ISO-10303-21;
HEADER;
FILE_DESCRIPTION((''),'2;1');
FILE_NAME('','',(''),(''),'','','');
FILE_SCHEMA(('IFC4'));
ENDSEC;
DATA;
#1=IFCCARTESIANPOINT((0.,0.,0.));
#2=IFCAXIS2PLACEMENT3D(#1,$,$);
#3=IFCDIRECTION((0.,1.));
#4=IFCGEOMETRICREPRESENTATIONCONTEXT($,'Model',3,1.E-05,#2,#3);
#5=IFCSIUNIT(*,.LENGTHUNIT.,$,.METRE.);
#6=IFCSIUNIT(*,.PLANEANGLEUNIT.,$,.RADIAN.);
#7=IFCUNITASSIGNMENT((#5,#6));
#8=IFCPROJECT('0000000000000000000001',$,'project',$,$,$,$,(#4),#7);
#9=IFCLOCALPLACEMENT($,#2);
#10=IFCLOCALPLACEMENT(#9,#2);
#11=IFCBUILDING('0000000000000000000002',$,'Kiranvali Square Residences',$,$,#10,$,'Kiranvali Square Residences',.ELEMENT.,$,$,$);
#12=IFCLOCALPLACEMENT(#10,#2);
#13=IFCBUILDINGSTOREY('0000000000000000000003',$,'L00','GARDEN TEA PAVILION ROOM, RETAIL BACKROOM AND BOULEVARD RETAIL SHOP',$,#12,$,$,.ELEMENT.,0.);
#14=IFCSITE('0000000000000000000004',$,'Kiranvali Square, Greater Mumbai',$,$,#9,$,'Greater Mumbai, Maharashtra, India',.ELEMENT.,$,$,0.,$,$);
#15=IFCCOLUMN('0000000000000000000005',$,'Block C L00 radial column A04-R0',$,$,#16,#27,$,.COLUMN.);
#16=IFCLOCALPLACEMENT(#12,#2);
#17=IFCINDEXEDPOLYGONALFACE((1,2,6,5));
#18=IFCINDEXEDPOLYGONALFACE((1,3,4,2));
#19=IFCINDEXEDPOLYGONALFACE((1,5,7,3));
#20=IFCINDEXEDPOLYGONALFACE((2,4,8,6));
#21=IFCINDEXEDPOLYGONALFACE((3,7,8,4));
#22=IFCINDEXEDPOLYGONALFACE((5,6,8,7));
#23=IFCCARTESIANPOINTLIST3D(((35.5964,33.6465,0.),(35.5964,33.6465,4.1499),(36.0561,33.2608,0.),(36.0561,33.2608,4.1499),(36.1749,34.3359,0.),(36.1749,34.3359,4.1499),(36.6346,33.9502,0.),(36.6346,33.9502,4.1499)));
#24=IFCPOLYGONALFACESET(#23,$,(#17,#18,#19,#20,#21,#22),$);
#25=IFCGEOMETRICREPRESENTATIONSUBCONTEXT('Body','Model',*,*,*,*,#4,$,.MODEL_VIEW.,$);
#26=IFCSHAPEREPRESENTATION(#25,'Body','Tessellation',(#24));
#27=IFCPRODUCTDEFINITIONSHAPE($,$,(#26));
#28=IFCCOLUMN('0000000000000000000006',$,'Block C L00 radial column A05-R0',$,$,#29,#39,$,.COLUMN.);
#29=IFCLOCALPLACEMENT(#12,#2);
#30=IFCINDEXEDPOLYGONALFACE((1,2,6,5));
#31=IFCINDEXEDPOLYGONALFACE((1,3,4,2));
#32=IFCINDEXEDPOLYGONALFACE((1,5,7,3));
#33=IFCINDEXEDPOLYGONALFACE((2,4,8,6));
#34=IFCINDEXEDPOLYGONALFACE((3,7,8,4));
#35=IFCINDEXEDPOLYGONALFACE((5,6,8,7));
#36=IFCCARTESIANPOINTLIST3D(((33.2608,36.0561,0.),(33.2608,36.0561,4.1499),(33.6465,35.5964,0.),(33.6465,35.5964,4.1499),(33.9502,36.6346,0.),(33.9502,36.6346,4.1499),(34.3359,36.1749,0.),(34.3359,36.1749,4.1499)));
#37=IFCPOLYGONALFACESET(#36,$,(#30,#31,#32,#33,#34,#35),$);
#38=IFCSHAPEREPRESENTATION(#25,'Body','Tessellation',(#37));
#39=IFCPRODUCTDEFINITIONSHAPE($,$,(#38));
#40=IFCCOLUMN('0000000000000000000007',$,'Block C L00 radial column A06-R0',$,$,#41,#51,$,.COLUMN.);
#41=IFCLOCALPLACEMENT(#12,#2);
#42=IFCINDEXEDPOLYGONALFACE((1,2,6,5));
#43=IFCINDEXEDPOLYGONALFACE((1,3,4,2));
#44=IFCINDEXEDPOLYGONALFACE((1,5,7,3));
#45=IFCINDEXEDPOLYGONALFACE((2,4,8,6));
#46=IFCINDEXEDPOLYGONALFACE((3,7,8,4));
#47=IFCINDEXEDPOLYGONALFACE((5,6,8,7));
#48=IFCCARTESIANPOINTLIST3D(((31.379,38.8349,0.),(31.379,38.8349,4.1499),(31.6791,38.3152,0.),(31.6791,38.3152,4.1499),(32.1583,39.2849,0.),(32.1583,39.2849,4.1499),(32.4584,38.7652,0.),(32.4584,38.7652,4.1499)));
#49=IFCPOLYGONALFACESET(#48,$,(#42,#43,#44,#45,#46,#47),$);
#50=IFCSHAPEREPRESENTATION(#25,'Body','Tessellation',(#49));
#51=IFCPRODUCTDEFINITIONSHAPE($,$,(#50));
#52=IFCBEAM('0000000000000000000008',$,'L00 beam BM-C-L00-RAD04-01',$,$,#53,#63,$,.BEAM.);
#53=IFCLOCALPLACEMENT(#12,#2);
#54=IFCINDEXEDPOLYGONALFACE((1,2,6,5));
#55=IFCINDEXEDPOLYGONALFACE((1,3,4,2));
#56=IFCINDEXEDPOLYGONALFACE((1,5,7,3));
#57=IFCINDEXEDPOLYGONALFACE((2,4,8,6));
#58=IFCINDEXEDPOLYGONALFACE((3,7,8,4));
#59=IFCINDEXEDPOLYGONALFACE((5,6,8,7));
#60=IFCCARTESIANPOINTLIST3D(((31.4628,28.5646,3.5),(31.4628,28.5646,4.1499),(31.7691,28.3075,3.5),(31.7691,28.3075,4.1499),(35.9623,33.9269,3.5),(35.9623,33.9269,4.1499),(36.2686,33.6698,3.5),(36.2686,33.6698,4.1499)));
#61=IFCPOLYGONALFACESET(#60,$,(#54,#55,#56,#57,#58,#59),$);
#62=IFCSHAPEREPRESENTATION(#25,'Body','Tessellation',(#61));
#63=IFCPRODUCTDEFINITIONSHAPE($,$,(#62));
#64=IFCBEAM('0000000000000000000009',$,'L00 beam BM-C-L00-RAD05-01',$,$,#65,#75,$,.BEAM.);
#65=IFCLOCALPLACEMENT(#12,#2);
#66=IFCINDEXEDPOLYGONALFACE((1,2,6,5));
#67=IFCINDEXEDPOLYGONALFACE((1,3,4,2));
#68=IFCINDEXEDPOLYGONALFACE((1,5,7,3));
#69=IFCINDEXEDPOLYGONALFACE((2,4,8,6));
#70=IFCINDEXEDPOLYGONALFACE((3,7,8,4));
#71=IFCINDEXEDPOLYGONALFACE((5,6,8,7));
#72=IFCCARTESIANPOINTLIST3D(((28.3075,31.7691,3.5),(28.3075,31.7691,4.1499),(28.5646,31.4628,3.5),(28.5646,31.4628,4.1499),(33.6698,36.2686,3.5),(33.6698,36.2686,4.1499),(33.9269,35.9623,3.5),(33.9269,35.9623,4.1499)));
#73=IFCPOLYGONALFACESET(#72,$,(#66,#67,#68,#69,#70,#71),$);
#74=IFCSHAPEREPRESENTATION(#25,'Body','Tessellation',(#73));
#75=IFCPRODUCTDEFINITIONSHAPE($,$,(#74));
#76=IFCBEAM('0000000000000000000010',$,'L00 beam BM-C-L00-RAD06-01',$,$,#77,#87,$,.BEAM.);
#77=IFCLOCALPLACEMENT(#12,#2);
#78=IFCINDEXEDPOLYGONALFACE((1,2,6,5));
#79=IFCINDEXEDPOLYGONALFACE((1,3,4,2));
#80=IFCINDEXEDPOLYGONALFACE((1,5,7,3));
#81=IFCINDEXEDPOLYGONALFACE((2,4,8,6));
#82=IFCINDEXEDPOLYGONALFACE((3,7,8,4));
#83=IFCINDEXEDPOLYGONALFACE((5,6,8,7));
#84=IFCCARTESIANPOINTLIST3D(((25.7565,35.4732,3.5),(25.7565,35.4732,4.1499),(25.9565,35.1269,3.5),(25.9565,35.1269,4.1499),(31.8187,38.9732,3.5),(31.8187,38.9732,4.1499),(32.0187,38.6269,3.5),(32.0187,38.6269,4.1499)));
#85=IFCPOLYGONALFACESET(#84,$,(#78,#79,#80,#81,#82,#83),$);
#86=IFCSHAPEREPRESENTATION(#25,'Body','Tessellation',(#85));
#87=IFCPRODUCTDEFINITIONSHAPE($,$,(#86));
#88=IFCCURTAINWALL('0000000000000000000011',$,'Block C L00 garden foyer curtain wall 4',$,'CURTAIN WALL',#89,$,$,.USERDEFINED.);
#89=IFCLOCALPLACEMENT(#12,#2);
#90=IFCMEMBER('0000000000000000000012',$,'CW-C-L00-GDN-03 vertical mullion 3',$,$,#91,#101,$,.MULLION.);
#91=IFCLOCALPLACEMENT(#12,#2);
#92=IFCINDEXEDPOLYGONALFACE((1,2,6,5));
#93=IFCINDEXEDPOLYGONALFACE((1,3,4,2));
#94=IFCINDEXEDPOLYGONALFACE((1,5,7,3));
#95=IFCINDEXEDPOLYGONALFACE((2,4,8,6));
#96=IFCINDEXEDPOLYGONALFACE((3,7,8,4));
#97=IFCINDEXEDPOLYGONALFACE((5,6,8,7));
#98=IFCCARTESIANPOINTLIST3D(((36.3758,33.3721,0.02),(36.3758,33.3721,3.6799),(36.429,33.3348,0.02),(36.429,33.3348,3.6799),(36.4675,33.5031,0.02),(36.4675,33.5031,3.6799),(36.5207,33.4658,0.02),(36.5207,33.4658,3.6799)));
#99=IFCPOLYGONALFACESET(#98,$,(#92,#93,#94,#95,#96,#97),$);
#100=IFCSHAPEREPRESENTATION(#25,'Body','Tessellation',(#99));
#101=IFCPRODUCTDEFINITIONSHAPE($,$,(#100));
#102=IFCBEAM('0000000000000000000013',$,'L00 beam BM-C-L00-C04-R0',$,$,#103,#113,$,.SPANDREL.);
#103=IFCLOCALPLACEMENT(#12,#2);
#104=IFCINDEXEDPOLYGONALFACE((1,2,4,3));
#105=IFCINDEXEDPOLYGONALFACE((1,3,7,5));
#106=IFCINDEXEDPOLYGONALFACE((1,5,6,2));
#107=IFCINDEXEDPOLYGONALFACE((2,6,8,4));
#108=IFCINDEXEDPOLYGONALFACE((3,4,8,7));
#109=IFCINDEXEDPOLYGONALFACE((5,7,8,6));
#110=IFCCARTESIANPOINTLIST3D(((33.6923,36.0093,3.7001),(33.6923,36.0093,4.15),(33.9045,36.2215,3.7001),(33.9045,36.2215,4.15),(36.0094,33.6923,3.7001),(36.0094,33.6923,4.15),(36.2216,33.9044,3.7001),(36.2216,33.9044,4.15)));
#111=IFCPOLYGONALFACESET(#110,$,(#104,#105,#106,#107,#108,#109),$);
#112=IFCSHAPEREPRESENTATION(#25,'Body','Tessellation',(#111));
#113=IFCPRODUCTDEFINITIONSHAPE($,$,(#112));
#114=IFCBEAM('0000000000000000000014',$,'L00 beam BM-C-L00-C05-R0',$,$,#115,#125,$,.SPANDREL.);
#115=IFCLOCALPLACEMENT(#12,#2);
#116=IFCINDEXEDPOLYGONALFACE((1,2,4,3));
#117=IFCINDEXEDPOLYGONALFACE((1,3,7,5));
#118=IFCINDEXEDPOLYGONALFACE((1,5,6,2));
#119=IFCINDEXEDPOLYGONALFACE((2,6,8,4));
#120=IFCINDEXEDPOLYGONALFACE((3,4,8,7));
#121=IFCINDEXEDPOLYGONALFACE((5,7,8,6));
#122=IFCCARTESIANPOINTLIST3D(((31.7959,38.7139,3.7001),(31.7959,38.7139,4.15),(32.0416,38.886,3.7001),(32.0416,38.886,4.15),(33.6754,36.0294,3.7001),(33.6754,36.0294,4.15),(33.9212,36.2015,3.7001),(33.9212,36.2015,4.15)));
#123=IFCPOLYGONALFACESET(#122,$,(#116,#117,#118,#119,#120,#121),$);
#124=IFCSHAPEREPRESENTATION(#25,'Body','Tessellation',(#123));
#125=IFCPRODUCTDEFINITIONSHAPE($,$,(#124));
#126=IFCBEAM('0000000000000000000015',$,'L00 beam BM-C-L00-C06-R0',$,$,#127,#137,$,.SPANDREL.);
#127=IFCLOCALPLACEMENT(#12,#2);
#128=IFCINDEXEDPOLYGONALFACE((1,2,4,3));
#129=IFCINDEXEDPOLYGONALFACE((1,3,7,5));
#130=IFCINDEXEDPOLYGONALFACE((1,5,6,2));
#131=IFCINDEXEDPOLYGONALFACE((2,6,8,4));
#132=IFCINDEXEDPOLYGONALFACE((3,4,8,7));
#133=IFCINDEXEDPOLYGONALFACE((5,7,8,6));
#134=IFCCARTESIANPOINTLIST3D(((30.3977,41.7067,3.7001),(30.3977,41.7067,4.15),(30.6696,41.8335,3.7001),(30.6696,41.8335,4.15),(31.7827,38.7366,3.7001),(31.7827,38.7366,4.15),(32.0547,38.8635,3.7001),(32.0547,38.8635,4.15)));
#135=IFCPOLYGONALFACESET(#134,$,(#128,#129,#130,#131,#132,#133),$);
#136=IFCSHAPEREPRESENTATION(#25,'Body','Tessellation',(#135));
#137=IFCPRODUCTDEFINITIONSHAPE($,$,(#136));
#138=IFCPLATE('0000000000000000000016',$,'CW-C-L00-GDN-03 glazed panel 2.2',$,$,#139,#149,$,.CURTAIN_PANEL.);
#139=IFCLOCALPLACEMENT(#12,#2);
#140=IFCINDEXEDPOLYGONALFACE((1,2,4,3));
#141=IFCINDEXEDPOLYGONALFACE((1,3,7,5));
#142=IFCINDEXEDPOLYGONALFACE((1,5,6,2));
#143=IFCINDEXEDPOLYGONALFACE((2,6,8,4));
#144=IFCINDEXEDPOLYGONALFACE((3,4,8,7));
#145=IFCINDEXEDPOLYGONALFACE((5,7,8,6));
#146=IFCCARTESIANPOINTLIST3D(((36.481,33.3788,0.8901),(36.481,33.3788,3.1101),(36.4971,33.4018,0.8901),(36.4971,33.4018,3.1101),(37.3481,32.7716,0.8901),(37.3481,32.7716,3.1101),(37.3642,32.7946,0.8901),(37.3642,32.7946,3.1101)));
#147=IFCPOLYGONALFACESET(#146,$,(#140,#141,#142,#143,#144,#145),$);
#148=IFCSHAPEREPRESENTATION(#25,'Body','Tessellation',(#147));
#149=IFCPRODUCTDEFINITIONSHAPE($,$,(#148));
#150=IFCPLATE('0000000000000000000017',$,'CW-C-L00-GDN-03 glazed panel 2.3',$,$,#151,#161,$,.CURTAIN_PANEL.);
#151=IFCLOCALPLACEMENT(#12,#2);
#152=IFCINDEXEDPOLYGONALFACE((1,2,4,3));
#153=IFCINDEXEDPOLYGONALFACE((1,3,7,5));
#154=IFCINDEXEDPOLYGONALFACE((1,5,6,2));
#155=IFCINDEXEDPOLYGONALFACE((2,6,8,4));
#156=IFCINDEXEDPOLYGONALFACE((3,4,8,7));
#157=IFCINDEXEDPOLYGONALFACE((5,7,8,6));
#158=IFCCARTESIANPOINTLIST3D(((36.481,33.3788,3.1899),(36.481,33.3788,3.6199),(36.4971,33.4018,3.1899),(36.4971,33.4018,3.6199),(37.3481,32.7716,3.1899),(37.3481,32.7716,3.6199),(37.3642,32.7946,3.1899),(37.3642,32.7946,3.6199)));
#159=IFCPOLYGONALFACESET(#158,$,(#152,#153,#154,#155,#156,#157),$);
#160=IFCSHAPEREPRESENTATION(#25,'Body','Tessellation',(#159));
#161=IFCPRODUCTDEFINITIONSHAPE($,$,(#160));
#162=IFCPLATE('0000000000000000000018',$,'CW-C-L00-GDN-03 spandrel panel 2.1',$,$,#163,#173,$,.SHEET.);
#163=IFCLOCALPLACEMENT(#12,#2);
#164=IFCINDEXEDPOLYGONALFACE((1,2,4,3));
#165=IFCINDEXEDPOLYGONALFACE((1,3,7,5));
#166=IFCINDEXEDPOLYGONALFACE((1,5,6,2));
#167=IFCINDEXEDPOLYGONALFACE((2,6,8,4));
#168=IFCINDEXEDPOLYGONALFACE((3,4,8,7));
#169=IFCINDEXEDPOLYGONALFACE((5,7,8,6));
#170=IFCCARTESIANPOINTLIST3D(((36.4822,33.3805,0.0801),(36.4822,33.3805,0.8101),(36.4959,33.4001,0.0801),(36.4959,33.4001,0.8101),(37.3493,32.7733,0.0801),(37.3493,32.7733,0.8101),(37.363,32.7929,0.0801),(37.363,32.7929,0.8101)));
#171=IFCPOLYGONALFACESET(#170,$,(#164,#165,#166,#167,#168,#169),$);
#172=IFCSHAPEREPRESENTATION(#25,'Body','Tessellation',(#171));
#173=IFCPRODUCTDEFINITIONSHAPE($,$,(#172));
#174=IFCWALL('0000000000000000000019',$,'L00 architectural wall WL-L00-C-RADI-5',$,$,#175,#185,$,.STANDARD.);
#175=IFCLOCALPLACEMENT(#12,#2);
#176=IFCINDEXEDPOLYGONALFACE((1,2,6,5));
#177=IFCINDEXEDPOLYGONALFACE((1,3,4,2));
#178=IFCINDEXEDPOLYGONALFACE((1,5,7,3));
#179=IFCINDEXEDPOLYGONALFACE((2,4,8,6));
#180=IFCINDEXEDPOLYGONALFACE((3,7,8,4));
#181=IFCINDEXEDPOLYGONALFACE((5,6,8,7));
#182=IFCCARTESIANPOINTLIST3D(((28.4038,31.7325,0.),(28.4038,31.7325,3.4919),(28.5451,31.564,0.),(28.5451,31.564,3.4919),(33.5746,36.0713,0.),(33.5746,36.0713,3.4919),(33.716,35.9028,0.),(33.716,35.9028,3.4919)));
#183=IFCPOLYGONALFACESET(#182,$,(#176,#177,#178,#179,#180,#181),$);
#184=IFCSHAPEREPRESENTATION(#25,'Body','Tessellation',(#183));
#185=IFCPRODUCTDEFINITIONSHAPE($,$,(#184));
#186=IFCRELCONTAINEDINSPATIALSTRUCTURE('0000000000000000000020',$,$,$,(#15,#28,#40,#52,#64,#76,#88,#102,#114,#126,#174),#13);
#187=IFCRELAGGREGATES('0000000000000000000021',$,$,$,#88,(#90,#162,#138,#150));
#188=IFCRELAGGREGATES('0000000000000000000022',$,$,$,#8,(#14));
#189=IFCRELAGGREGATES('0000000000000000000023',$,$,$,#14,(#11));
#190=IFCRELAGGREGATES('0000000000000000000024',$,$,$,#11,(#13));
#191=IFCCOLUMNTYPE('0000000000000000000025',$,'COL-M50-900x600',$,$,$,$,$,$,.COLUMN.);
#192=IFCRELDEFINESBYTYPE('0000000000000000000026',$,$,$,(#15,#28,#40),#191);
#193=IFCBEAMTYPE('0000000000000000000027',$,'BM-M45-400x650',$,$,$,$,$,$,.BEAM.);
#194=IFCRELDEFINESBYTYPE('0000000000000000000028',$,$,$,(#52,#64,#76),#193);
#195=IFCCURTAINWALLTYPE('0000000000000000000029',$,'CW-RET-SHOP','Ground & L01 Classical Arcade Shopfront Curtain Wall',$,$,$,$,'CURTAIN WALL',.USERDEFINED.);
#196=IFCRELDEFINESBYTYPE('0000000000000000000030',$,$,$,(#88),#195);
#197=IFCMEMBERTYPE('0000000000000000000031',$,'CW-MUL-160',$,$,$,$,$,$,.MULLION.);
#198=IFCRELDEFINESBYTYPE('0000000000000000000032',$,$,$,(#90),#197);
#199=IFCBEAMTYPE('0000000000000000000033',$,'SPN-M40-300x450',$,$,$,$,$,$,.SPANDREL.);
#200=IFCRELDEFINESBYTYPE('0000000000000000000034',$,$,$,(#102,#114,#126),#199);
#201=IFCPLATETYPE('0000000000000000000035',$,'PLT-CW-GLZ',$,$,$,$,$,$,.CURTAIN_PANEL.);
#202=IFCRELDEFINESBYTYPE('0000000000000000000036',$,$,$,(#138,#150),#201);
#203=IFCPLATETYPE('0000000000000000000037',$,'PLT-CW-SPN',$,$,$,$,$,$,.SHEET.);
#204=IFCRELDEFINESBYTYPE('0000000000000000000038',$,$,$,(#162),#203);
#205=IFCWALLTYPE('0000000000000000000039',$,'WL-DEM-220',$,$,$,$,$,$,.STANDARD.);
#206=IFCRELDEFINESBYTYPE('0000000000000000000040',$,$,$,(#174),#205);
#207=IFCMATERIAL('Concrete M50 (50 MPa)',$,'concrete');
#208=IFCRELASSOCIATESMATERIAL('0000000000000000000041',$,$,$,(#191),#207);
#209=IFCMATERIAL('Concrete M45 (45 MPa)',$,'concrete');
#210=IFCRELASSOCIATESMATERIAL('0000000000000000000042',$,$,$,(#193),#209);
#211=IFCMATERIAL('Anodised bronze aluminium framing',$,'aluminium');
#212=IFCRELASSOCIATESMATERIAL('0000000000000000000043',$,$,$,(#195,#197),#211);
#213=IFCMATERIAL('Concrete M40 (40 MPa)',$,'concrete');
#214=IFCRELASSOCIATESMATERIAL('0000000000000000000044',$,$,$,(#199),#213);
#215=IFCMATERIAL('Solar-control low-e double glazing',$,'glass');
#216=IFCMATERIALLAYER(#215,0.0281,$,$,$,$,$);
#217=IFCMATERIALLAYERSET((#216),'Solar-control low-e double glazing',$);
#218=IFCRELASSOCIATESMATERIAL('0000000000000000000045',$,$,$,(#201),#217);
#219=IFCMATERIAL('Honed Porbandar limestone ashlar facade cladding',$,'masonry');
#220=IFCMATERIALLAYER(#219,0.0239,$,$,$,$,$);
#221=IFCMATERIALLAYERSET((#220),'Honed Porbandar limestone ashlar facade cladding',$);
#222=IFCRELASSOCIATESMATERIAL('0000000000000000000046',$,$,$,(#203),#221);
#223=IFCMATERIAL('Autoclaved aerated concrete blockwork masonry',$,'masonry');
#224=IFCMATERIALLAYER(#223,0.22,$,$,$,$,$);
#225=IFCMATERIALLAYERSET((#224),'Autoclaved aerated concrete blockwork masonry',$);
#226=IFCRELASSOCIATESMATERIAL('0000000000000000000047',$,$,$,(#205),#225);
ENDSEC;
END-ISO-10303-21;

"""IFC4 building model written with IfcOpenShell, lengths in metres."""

from ifc_helpers import new_model, si_unit, direction, frame, frame_2d, origin, origin_2d, place, context, subcontext, project, spatial, rectangle, extrude, material, layer, layer_set, material_profile, profile_set, type_object, element, aggregate, save


model = new_model("IFC4")

# Units and contexts
model_context = context("Model", 3, precision=1e-05, world=origin(), true_north=direction((0.0, 1.0)))
body_context = subcontext(model_context, "Body", "Model", "MODEL_VIEW")
ifc_project = project(units=[si_unit("LENGTHUNIT", "METRE"), si_unit("PLANEANGLEUNIT", "RADIAN")], contexts=[model_context])

# Site, building, storey
site_placement = place(None, origin())
site = spatial("IfcSite", under=ifc_project, at=site_placement, Name="Kiranvali Square, Greater Mumbai", LongName="Greater Mumbai, Maharashtra, India", CompositionType="ELEMENT", RefElevation=0.0)
building_placement = place(site_placement, origin())
building = spatial("IfcBuilding", under=site, at=building_placement, Name="Kiranvali Square Residences", LongName="Kiranvali Square Residences", CompositionType="ELEMENT")
storey_placement = place(building_placement, origin())
storey = spatial("IfcBuildingStorey", under=building, at=storey_placement, Name="L00", Description="GARDEN TEA PAVILION ROOM, RETAIL BACKROOM AND BOULEVARD RETAIL SHOP", CompositionType="ELEMENT", Elevation=0.0)

# Columns
ifc_material_1 = material(Name="Concrete M50 (50 MPa)", Category="concrete")
ifc_material_profile_1 = material_profile(ifc_material_1, rectangle(XDim=0.6001, YDim=0.8999, at=origin_2d()), Name="RC 900x600")
ifc_profile_set_1 = profile_set([ifc_material_profile_1], Name="Concrete M50 (50 MPa)")
column_type = type_object("IfcColumnType", Name="COL-M50-900x600", PredefinedType="COLUMN", material=ifc_profile_set_1)
for number, where, z_axis, x_axis, name in (
    (1, (36.1155, 33.7983, 0.0), (0.0, 0.0, 1.0), (-0.766044, 0.642788, 0.0), "Block C L00 radial column A04-R0"),
    (2, (33.7983, 36.1155, 0.0), (0.0, 0.0, 1.0), (-0.642788, 0.766044, 0.0), "Block C L00 radial column A05-R0"),
    (3, (31.9187, 38.8, 0.0), (0.0, 0.0, 1.0), (-0.5, 0.866025, 0.0), "Block C L00 radial column A06-R0"),
):
    element("IfcColumn", number, at=place(storey_placement, frame(where, z_axis=z_axis, x_axis=x_axis)), inside=storey, type_object=column_type, Name=name, PredefinedType="COLUMN", context=body_context, shape_type="SweptSolid", body=[
        extrude(rectangle(XDim=0.6001, YDim=0.8999, at=origin_2d()), origin(), (0.0, 0.0, 1.0), 4.1499),
    ])

# Beams
ifc_material_2 = material(Name="Concrete M45 (45 MPa)", Category="concrete")
ifc_material_profile_2 = material_profile(ifc_material_2, rectangle(XDim=0.3999, YDim=0.6499, at=origin_2d()), Name="RC 400x650")
ifc_profile_set_2 = profile_set([ifc_material_profile_2], Name="Concrete M45 (45 MPa)")
beam_type_1 = type_object("IfcBeamType", Name="BM-M45-400x650", PredefinedType="BEAM", material=ifc_profile_set_2)
for number, where, z_axis, x_axis, name in (
    (4, (36.1155, 33.7983, 3.825), (-0.642788, -0.766044, 0.0), (0.766044, -0.642788, 0.0), "L00 beam BM-C-L00-RAD04-01"),
    (5, (33.7983, 36.1155, 3.825), (-0.766044, -0.642788, 0.0), (0.642788, -0.766044, 0.0), "L00 beam BM-C-L00-RAD05-01"),
    (6, (31.9187, 38.8, 3.825), (-0.866028, -0.499995, 0.0), (0.499995, -0.866028, 0.0), "L00 beam BM-C-L00-RAD06-01"),
):
    element("IfcBeam", number, at=place(storey_placement, frame(where, z_axis=z_axis, x_axis=x_axis)), inside=storey, type_object=beam_type_1, Name=name, PredefinedType="BEAM", context=body_context, shape_type="SweptSolid", body=[
        extrude(rectangle(XDim=0.3999, YDim=0.6499, at=origin_2d()), origin(), (0.0, 0.0, 1.0), 7.0),
    ])

# Curtain wall, member
ifc_material_3 = material(Name="Anodised bronze aluminium framing", Category="aluminium")
curtain_wall_type = type_object("IfcCurtainWallType", Name="CW-RET-SHOP", Description="Ground & L01 Classical Arcade Shopfront Curtain Wall", ElementType="CURTAIN WALL", PredefinedType="USERDEFINED", material=ifc_material_3)
curtain_wall_placement = place(storey_placement, origin())
curtain_wall = element("IfcCurtainWall", 7, at=curtain_wall_placement, inside=storey, type_object=curtain_wall_type, Name="Block C L00 garden foyer curtain wall 4", ObjectType="CURTAIN WALL", PredefinedType="USERDEFINED")
ifc_material_profile_3 = material_profile(ifc_material_3, rectangle(XDim=0.0649, YDim=0.1599, at=origin_2d()), Name="ALU 65x160")
ifc_profile_set_3 = profile_set([ifc_material_profile_3], Name="Anodised bronze aluminium framing")
member_type = type_object("IfcMemberType", Name="CW-MUL-160", PredefinedType="MULLION", material=ifc_profile_set_3)
member_placement = place(storey_placement, frame((36.4482, 33.4189, 0.02), z_axis=(0.0, 0.0, 1.0), x_axis=(-0.819152, 0.573576, 0.0)))
member = element("IfcMember", 8, at=member_placement, type_object=member_type, Name="CW-C-L00-GDN-03 vertical mullion 3", PredefinedType="MULLION", context=body_context, shape_type="SweptSolid", body=[
    extrude(rectangle(XDim=0.0649, YDim=0.1599, at=origin_2d()), origin(), (0.0, 0.0, 1.0), 3.6599),
])

# Beams
ifc_material_4 = material(Name="Concrete M40 (40 MPa)", Category="concrete")
ifc_material_profile_4 = material_profile(ifc_material_4, rectangle(XDim=0.3, YDim=0.45, at=origin_2d()), Name="RC 300x450")
ifc_profile_set_4 = profile_set([ifc_material_profile_4], Name="Concrete M40 (40 MPa)")
beam_type_2 = type_object("IfcBeamType", Name="SPN-M40-300x450", PredefinedType="SPANDREL", material=ifc_profile_set_4)
beam_placement = place(storey_placement, frame((36.1155, 33.7983, 3.925), z_axis=(-0.707107, 0.707107, 0.0), x_axis=(-0.707107, -0.707107, 0.0)))
element("IfcBeam", 9, at=beam_placement, inside=storey, type_object=beam_type_2, Name="L00 beam BM-C-L00-C04-R0", PredefinedType="SPANDREL", context=body_context, shape_type="SweptSolid", body=[
    extrude(rectangle(XDim=0.3, YDim=0.45, at=origin_2d()), origin(), (0.0, 0.0, 1.0), 3.2769),
])
for number, where, z_axis, x_axis, name in (
    (10, (33.7983, 36.1155, 3.925), (-0.573552, 0.819169, 0.0), (-0.819169, -0.573552, 0.0), "L00 beam BM-C-L00-C05-R0"),
    (11, (31.9187, 38.8, 3.925), (-0.422641, 0.906297, 0.0), (-0.906297, -0.422641, 0.0), "L00 beam BM-C-L00-C06-R0"),
):
    element("IfcBeam", number, at=place(storey_placement, frame(where, z_axis=z_axis, x_axis=x_axis)), inside=storey, type_object=beam_type_2, Name=name, PredefinedType="SPANDREL", context=body_context, shape_type="SweptSolid", body=[
        extrude(rectangle(XDim=0.3, YDim=0.45, at=origin_2d()), origin(), (0.0, 0.0, 1.0), 3.2771),
    ])

# Plates
ifc_material_5 = material(Name="Solar-control low-e double glazing", Category="glass")
ifc_layer_1 = layer(ifc_material_5, 0.0281)
ifc_layer_set_1 = layer_set([ifc_layer_1], Name="Solar-control low-e double glazing")
plate_type_1 = type_object("IfcPlateType", Name="PLT-CW-GLZ", PredefinedType="CURTAIN_PANEL", material=ifc_layer_set_1)
plate_1_placement = place(storey_placement, frame((36.9226, 33.0867, 0.8901), z_axis=(0.0, 0.0, 1.0), x_axis=(-0.819152, 0.573576, 0.0)))
plate_1 = element("IfcPlate", 12, at=plate_1_placement, type_object=plate_type_1, Name="CW-C-L00-GDN-03 glazed panel 2.2", PredefinedType="CURTAIN_PANEL", context=body_context, shape_type="SweptSolid", body=[
    extrude(rectangle(XDim=1.0586, YDim=0.0281, at=origin_2d()), origin(), (0.0, 0.0, 1.0), 2.22),
])
plate_2_placement = place(storey_placement, frame((36.9226, 33.0867, 3.1899), z_axis=(0.0, 0.0, 1.0), x_axis=(-0.819152, 0.573576, 0.0)))
plate_2 = element("IfcPlate", 13, at=plate_2_placement, type_object=plate_type_1, Name="CW-C-L00-GDN-03 glazed panel 2.3", PredefinedType="CURTAIN_PANEL", context=body_context, shape_type="SweptSolid", body=[
    extrude(rectangle(XDim=1.0586, YDim=0.0281, at=origin_2d()), origin(), (0.0, 0.0, 1.0), 0.4299),
])
ifc_material_6 = material(Name="Honed Porbandar limestone ashlar facade cladding", Category="masonry")
ifc_layer_2 = layer(ifc_material_6, 0.0239)
ifc_layer_set_2 = layer_set([ifc_layer_2], Name="Honed Porbandar limestone ashlar facade cladding")
plate_type_2 = type_object("IfcPlateType", Name="PLT-CW-SPN", PredefinedType="SHEET", material=ifc_layer_set_2)
plate_3_placement = place(storey_placement, frame((36.9226, 33.0867, 0.0801), z_axis=(0.0, 0.0, 1.0), x_axis=(-0.819152, 0.573576, 0.0)))
plate_3 = element("IfcPlate", 14, at=plate_3_placement, type_object=plate_type_2, Name="CW-C-L00-GDN-03 spandrel panel 2.1", PredefinedType="SHEET", context=body_context, shape_type="SweptSolid", body=[
    extrude(rectangle(XDim=1.0586, YDim=0.0239, at=origin_2d()), origin(), (0.0, 0.0, 1.0), 0.73),
])
aggregate(curtain_wall, [member, plate_3, plate_1, plate_2])

# Wall
ifc_material_7 = material(Name="Autoclaved aerated concrete blockwork masonry", Category="masonry")
ifc_layer_3 = layer(ifc_material_7, 0.22)
ifc_layer_set_3 = layer_set([ifc_layer_3], Name="Autoclaved aerated concrete blockwork masonry")
wall_type_1 = type_object("IfcWallType", Name="WL-DEM-220", PredefinedType="STANDARD", material=ifc_layer_set_3)
wall_1_placement = place(storey_placement, frame((33.6453, 35.9871, 0.0), z_axis=(0.0, 0.0, 1.0), x_axis=(-0.766047, -0.642785, 0.0)))
element("IfcWall", 15, at=wall_1_placement, inside=storey, type_object=wall_type_1, Name="L00 architectural wall WL-L00-C-RADI-5", PredefinedType="STANDARD", context=body_context, shape_type="SweptSolid", body=[
    extrude(rectangle(XDim=6.75, YDim=0.22, at=frame_2d((3.375, 0.0))), origin(), (0.0, 0.0, 1.0), 3.4919),
])

save(model, "model.ifc")
